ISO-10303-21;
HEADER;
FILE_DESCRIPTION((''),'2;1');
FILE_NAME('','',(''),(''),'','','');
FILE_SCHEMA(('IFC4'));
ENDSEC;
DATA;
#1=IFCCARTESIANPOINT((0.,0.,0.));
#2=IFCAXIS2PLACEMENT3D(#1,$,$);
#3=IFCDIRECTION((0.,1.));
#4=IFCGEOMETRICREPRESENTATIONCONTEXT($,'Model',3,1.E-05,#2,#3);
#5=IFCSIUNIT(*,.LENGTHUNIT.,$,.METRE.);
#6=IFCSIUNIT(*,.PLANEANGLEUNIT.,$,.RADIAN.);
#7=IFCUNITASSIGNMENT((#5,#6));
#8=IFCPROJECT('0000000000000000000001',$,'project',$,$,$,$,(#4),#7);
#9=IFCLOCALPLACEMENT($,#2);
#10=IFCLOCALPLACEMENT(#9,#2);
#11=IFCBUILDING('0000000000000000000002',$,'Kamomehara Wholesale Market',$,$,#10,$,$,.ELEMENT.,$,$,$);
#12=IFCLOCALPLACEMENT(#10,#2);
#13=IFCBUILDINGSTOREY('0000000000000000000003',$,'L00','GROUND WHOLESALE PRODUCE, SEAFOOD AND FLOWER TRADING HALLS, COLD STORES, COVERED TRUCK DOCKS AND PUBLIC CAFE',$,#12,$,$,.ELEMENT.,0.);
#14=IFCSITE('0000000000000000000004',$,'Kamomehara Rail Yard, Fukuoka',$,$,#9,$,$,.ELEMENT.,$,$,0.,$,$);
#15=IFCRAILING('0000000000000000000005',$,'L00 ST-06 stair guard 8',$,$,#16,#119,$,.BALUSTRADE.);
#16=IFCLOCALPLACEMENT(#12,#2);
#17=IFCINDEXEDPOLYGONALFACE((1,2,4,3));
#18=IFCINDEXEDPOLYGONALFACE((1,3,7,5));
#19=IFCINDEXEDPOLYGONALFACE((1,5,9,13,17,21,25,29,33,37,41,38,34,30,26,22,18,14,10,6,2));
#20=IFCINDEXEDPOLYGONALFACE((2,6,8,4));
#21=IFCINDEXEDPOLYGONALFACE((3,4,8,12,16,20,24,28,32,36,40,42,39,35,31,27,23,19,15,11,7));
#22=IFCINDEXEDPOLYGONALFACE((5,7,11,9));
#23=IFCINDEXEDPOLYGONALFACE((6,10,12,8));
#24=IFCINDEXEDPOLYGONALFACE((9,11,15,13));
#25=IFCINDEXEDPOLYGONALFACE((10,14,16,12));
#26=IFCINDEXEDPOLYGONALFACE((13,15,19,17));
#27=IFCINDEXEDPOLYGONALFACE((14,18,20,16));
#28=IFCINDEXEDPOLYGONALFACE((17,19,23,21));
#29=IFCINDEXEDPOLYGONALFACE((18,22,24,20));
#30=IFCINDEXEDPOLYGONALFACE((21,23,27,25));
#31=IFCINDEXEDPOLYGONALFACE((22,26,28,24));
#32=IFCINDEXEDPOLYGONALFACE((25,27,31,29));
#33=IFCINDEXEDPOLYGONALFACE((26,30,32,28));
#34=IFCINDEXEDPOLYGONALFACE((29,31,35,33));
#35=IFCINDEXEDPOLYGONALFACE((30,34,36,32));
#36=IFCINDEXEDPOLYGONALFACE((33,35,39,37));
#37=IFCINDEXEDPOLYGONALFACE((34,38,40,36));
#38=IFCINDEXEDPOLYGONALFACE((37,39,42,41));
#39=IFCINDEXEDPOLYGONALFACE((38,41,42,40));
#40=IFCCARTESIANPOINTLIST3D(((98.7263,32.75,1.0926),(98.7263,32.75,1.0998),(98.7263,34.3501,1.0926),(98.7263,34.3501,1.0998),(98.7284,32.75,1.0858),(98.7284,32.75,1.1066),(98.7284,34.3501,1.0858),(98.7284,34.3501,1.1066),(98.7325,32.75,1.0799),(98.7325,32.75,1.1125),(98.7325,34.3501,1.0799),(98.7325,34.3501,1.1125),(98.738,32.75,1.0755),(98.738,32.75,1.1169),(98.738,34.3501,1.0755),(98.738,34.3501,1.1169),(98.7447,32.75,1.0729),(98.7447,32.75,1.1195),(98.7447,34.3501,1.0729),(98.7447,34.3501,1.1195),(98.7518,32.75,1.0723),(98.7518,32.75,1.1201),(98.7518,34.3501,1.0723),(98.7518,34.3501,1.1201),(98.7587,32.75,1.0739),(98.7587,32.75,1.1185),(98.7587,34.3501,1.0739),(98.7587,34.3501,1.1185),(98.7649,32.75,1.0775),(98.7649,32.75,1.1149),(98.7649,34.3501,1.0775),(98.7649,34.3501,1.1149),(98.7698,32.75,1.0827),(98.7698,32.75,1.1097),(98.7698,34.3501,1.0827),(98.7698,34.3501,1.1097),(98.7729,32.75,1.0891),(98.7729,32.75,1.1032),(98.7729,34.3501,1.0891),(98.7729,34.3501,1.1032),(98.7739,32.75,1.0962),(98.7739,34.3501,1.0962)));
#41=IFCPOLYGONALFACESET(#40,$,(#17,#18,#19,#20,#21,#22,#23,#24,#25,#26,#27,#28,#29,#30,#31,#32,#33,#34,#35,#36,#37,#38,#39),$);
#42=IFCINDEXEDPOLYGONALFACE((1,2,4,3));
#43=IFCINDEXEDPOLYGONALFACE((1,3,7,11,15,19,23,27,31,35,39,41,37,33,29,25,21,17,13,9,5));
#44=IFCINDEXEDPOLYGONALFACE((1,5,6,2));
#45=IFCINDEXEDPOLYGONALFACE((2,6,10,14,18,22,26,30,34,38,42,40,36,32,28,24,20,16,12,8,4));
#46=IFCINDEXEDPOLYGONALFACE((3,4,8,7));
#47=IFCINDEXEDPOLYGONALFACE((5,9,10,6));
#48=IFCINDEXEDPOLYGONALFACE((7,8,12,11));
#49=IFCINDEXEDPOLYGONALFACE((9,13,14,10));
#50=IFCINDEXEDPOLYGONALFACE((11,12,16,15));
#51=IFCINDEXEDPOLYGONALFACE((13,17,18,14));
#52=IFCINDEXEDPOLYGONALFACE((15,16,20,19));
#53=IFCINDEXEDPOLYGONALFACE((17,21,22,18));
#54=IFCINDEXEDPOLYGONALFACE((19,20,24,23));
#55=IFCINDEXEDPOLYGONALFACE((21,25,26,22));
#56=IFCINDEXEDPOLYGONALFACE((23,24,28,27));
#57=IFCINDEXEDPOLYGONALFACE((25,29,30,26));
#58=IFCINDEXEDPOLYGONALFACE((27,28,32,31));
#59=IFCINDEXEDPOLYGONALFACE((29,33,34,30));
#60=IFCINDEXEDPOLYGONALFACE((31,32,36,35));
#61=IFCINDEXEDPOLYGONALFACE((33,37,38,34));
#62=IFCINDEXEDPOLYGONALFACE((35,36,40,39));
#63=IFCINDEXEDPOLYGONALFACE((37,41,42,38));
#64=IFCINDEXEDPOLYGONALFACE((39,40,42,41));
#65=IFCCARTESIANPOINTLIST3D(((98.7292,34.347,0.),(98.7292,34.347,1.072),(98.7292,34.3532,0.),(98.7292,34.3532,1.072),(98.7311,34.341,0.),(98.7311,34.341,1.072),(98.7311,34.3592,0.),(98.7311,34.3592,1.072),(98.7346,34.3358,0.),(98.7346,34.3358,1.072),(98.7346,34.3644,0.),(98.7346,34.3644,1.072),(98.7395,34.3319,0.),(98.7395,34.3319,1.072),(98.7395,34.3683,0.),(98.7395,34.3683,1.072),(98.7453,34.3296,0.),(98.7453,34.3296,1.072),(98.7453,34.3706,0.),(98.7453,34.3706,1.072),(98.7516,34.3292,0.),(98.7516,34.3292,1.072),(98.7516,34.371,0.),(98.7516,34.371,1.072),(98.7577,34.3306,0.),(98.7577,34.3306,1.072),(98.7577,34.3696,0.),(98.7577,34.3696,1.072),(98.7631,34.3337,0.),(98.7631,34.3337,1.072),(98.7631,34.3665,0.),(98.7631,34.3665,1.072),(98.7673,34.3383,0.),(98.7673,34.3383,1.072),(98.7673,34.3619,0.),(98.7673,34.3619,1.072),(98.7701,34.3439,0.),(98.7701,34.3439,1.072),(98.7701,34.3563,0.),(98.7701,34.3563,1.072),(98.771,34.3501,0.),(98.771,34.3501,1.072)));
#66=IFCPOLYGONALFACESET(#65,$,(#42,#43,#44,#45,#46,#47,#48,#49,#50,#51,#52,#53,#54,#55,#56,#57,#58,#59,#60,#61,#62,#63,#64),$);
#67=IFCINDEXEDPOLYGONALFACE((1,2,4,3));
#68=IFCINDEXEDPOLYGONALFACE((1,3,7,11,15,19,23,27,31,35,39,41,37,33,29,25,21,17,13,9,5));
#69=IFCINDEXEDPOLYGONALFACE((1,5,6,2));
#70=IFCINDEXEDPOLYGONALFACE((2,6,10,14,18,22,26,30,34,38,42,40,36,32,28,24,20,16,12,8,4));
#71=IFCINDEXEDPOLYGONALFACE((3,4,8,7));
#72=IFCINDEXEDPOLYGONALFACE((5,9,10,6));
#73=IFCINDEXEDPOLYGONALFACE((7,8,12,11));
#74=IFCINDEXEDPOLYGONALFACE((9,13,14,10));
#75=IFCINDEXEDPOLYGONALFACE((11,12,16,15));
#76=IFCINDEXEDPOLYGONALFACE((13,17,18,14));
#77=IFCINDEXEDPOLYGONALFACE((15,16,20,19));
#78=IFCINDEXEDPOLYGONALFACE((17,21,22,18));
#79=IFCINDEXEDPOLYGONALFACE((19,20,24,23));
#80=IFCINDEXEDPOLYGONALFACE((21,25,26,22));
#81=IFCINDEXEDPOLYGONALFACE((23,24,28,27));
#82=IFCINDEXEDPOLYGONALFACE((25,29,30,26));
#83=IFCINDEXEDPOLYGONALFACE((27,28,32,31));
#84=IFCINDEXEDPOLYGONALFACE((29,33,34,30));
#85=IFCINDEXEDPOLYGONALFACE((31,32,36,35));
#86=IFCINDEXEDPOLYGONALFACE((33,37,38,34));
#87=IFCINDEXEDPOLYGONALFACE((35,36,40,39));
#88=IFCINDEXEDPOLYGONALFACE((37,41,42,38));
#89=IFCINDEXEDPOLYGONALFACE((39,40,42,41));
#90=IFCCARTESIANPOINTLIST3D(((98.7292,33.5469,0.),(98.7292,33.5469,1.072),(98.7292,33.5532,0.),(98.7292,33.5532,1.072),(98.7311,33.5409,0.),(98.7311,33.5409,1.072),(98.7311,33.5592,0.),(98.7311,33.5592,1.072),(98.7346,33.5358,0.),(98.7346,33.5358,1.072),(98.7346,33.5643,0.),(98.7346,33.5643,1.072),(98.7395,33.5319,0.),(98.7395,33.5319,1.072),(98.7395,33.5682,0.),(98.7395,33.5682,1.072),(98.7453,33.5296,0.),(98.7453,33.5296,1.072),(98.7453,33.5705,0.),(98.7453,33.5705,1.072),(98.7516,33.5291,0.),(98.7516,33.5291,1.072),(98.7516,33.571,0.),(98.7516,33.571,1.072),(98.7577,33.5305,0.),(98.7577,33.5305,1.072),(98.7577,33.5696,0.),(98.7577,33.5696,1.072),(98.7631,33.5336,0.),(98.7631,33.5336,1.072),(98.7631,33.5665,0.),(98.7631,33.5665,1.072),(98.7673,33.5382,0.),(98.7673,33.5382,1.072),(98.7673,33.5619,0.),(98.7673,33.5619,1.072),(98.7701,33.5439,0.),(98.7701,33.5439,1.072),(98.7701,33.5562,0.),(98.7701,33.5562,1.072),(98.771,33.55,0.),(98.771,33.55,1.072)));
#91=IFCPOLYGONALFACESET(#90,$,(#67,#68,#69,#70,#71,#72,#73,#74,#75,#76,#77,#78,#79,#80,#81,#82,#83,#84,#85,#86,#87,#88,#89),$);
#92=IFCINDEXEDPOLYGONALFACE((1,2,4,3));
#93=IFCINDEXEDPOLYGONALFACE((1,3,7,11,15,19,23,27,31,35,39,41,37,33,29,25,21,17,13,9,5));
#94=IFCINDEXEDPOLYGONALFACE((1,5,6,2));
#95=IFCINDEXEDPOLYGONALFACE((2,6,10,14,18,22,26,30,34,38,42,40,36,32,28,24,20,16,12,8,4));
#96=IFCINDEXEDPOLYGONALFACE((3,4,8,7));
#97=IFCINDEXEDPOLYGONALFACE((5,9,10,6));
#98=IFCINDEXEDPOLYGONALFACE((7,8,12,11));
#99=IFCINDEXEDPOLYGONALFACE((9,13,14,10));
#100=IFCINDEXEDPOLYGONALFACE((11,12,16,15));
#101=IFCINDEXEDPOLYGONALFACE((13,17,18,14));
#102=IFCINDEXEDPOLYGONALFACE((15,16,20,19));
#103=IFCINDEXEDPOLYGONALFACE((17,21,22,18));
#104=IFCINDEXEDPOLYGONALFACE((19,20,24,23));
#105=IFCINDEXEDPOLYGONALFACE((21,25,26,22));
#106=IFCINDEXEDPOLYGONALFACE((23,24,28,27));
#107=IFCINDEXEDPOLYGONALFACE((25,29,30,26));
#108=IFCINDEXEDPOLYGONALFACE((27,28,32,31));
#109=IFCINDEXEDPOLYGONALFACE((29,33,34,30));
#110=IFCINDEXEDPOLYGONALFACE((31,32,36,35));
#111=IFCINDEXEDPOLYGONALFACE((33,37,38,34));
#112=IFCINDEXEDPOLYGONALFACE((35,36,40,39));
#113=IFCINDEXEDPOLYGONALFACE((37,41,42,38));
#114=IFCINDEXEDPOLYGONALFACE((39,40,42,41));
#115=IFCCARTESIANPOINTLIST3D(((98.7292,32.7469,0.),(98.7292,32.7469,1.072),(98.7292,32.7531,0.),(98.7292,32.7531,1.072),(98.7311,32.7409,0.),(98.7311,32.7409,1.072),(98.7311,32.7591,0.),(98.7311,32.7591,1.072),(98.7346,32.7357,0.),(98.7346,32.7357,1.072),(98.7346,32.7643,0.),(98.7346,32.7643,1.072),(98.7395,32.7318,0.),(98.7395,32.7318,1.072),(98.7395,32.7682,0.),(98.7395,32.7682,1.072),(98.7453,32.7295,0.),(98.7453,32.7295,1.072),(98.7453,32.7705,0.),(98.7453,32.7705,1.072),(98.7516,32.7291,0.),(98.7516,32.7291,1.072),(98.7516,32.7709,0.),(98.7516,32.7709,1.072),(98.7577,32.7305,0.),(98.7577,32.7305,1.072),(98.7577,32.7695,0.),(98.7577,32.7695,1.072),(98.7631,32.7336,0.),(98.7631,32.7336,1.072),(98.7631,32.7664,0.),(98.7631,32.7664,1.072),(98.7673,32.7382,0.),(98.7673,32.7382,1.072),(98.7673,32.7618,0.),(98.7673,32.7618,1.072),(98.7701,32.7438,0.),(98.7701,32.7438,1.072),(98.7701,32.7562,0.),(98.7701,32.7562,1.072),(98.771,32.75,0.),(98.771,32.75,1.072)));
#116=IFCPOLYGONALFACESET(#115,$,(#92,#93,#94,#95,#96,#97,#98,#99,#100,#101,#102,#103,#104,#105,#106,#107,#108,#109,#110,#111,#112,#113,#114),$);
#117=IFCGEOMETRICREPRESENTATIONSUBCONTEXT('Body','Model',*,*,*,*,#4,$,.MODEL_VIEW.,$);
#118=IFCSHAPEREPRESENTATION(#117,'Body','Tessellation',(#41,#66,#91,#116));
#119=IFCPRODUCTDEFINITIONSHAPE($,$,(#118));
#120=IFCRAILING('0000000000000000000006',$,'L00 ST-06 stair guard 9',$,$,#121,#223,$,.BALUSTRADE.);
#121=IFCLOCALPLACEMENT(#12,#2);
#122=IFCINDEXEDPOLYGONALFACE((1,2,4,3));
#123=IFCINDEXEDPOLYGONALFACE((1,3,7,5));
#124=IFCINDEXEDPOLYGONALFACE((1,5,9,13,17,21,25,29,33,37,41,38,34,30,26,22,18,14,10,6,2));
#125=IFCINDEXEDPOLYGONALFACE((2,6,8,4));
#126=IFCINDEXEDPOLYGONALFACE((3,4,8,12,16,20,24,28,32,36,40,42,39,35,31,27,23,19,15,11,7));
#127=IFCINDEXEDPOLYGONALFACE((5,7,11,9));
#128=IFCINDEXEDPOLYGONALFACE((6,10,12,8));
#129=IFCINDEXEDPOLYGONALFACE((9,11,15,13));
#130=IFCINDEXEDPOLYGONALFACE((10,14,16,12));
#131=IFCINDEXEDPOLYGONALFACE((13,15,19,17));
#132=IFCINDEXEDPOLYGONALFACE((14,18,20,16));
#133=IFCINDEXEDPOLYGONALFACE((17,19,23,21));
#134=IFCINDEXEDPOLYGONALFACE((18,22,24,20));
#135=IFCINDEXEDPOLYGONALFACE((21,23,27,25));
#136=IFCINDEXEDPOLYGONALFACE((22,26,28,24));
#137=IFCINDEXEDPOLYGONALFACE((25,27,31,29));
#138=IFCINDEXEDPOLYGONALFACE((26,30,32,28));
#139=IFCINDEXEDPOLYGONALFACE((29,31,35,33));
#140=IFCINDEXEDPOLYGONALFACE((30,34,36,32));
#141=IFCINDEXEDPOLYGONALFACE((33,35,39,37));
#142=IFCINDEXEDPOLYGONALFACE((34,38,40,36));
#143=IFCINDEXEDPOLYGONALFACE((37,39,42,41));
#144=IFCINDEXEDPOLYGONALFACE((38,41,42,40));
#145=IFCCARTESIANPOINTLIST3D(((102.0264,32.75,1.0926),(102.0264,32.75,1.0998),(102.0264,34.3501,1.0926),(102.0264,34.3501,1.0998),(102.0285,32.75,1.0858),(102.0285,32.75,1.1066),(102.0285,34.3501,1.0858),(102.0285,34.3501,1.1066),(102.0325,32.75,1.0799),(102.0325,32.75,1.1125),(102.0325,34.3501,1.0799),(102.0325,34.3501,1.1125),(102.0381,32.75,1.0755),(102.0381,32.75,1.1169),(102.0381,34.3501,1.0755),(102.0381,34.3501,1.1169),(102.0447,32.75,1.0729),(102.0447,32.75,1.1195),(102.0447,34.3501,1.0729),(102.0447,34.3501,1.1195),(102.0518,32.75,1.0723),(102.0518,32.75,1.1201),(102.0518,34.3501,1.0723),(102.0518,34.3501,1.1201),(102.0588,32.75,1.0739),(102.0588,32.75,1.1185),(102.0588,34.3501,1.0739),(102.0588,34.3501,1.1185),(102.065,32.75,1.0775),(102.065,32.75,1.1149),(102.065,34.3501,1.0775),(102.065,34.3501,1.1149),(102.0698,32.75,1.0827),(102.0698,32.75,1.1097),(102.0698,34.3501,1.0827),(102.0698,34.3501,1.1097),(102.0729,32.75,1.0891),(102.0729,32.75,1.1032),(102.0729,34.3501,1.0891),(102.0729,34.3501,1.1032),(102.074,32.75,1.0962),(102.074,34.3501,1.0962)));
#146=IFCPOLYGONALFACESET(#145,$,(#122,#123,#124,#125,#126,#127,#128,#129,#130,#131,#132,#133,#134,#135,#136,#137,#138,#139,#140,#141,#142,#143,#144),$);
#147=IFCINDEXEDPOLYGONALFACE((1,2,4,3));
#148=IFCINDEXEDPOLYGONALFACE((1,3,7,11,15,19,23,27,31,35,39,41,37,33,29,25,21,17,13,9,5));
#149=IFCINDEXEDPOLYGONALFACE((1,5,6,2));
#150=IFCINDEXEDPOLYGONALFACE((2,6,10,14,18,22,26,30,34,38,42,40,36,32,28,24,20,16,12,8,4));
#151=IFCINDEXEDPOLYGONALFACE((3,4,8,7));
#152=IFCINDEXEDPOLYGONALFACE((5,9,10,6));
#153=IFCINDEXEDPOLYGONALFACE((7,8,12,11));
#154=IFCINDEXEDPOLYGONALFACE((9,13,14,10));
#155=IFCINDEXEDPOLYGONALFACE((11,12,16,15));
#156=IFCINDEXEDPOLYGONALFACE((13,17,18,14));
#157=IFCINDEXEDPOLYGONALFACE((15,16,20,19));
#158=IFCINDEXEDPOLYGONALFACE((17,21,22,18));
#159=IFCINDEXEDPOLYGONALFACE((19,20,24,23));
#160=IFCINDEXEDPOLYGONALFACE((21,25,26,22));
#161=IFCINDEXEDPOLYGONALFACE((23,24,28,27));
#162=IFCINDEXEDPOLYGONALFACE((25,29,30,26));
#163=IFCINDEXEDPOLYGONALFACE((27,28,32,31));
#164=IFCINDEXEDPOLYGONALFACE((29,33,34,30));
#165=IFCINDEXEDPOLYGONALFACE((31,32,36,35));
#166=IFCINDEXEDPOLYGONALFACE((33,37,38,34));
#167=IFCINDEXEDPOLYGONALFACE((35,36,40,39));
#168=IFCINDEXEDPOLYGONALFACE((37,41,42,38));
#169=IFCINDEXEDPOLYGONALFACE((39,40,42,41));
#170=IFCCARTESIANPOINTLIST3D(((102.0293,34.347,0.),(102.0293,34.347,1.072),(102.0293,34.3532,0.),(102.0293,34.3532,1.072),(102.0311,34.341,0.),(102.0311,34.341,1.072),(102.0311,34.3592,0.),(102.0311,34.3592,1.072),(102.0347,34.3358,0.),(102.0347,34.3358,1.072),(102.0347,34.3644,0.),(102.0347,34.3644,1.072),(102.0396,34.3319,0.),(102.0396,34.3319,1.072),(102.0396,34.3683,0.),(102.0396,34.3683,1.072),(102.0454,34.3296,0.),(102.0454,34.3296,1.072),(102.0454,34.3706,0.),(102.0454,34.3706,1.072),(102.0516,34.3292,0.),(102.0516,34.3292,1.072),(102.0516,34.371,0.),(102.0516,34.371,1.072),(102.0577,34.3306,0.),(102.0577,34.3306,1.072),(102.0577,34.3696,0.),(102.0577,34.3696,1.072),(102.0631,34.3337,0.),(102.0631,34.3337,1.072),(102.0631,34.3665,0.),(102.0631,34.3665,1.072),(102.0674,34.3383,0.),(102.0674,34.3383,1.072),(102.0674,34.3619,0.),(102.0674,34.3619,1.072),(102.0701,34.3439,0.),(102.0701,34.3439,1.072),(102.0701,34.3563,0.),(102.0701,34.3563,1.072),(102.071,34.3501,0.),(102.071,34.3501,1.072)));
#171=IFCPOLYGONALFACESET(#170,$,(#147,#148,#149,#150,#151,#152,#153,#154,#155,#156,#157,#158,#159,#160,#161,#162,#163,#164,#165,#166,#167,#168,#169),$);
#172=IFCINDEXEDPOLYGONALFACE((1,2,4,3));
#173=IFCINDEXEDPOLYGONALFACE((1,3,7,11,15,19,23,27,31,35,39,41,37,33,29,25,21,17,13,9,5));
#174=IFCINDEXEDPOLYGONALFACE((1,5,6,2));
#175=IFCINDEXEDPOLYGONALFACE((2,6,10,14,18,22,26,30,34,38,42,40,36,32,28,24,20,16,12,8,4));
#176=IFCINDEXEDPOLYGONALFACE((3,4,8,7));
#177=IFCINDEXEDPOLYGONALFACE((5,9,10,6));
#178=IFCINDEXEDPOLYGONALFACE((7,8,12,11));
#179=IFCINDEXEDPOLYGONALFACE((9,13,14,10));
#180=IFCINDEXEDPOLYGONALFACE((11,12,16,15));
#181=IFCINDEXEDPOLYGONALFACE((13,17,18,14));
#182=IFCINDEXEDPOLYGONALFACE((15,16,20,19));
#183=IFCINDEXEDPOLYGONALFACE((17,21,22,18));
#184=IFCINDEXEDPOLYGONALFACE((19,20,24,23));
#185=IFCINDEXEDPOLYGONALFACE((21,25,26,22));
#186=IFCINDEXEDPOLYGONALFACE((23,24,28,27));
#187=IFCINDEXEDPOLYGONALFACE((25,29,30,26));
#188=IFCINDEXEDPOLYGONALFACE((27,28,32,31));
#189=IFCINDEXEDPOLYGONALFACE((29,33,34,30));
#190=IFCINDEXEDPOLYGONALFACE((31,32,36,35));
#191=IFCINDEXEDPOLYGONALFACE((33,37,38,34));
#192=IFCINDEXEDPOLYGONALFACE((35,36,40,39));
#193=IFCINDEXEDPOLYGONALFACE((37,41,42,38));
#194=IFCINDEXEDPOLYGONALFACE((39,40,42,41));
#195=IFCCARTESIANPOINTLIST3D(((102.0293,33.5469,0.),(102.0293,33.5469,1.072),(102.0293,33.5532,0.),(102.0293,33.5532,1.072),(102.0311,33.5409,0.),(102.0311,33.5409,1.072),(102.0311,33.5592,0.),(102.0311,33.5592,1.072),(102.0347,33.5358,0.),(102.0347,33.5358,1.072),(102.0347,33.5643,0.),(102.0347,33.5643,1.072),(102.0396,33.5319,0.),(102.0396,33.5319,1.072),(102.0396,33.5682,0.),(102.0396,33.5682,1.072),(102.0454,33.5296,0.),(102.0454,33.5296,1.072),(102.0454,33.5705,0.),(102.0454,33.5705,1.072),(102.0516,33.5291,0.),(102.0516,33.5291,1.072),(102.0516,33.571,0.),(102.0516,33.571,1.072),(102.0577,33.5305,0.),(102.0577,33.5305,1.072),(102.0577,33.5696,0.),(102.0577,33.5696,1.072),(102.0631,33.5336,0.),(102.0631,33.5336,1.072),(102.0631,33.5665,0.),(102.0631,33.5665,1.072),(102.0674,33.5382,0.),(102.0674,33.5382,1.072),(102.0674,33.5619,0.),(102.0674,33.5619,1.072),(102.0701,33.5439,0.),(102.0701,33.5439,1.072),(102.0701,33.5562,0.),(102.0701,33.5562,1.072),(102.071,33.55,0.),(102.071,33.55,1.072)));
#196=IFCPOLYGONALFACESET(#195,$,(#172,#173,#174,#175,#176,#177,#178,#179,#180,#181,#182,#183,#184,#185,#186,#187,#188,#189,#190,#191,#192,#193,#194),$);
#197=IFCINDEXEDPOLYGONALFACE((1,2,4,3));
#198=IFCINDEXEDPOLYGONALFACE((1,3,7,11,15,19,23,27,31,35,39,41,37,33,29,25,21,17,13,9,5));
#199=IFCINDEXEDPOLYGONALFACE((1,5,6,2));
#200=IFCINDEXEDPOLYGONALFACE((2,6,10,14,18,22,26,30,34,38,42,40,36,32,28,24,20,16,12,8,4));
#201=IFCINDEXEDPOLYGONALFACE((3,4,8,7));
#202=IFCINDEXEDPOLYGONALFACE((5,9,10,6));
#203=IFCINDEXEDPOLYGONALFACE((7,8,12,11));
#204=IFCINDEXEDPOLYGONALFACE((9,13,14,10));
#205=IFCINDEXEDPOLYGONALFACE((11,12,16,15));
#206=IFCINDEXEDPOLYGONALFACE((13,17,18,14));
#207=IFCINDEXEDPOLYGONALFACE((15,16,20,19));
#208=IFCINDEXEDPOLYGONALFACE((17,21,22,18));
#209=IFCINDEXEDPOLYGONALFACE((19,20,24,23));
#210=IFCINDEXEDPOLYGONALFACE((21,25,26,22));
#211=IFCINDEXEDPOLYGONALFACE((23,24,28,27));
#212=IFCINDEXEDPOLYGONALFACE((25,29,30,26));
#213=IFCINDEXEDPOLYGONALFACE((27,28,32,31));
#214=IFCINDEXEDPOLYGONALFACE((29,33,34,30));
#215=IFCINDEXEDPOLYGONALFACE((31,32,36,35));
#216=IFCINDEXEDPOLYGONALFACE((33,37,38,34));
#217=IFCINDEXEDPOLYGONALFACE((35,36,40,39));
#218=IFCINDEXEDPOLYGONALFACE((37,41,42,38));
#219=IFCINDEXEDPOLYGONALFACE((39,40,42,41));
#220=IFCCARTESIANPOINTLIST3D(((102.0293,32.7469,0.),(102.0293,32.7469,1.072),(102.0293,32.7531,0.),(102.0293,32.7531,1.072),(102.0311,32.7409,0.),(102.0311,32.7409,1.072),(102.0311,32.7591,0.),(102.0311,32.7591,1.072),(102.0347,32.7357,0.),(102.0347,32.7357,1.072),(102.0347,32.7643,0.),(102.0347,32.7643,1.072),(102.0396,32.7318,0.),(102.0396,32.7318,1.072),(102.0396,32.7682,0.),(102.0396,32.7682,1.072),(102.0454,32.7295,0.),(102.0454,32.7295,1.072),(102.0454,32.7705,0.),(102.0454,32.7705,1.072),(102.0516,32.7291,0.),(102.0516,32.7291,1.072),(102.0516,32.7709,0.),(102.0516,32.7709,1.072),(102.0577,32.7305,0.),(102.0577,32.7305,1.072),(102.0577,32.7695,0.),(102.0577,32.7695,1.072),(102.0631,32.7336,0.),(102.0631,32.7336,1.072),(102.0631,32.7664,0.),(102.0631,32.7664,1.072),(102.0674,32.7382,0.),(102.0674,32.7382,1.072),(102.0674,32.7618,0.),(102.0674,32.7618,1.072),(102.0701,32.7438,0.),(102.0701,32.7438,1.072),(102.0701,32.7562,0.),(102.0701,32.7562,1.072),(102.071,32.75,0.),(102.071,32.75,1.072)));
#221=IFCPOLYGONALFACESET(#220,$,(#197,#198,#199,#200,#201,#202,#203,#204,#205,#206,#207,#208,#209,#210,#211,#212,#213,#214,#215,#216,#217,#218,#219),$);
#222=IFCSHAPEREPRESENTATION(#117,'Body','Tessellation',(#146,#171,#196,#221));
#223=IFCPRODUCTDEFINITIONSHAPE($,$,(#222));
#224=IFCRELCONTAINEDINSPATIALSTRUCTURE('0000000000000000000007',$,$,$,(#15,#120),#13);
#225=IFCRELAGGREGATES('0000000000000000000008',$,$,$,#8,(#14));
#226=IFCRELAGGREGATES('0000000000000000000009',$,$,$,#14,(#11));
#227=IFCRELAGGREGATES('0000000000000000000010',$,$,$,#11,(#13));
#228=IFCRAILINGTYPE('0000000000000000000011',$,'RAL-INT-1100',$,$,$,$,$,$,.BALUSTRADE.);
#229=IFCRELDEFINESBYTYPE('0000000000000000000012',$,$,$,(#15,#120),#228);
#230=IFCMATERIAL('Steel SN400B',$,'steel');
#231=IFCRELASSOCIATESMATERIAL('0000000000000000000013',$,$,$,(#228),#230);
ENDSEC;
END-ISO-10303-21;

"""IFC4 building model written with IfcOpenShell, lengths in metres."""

from ifc_helpers import new_model, si_unit, direction, frame, origin, origin_2d, place, context, subcontext, project, spatial, circle, extrude, material, type_object, element, save


model = new_model("IFC4")

# Units and contexts
model_context = context("Model", 3, precision=1e-05, world=origin(), true_north=direction((0.0, 1.0)))
body_context = subcontext(model_context, "Body", "Model", "MODEL_VIEW")
ifc_project = project(units=[si_unit("LENGTHUNIT", "METRE"), si_unit("PLANEANGLEUNIT", "RADIAN")], contexts=[model_context])

# Site, building, storey
site_placement = place(None, origin())
site = spatial("IfcSite", under=ifc_project, at=site_placement, Name="Kamomehara Rail Yard, Fukuoka", CompositionType="ELEMENT", RefElevation=0.0)
building_placement = place(site_placement, origin())
building = spatial("IfcBuilding", under=site, at=building_placement, Name="Kamomehara Wholesale Market", CompositionType="ELEMENT")
storey_placement = place(building_placement, origin())
storey = spatial("IfcBuildingStorey", under=building, at=storey_placement, Name="L00", Description="GROUND WHOLESALE PRODUCE, SEAFOOD AND FLOWER TRADING HALLS, COLD STORES, COVERED TRUCK DOCKS AND PUBLIC CAFE", CompositionType="ELEMENT", Elevation=0.0)

# Railings
ifc_material_1 = material(Name="Steel SN400B", Category="steel")
railing_type = type_object("IfcRailingType", Name="RAL-INT-1100", PredefinedType="BALUSTRADE", material=ifc_material_1)
for number, where, name in (
    (1, (98.75, 34.3501, 0.0), "L00 ST-06 stair guard 8"),
    (2, (102.05, 34.3501, 0.0), "L00 ST-06 stair guard 9"),
):
    element("IfcRailing", number, at=place(storey_placement, frame(where)), inside=storey, type_object=railing_type, Name=name, PredefinedType="BALUSTRADE", context=body_context, shape_type="SweptSolid", body=[
        extrude(circle(Radius=0.0239, at=origin_2d()), frame((0.0, 0.0, 1.0962), z_axis=(0.0, -1.0, 0.0), x_axis=(1.0, 0.0, 0.0)), (0.0, 0.0, 1.0), 1.6001),
        extrude(circle(Radius=0.021, at=origin_2d()), origin(), (0.0, 0.0, 1.0), 1.072),
        extrude(circle(Radius=0.021, at=origin_2d()), frame((0.0, -0.8, 0.0)), (0.0, 0.0, 1.0), 1.072),
        extrude(circle(Radius=0.021, at=origin_2d()), frame((0.0, -1.6001, 0.0)), (0.0, 0.0, 1.0), 1.072),
    ])

save(model, "model.ifc")
